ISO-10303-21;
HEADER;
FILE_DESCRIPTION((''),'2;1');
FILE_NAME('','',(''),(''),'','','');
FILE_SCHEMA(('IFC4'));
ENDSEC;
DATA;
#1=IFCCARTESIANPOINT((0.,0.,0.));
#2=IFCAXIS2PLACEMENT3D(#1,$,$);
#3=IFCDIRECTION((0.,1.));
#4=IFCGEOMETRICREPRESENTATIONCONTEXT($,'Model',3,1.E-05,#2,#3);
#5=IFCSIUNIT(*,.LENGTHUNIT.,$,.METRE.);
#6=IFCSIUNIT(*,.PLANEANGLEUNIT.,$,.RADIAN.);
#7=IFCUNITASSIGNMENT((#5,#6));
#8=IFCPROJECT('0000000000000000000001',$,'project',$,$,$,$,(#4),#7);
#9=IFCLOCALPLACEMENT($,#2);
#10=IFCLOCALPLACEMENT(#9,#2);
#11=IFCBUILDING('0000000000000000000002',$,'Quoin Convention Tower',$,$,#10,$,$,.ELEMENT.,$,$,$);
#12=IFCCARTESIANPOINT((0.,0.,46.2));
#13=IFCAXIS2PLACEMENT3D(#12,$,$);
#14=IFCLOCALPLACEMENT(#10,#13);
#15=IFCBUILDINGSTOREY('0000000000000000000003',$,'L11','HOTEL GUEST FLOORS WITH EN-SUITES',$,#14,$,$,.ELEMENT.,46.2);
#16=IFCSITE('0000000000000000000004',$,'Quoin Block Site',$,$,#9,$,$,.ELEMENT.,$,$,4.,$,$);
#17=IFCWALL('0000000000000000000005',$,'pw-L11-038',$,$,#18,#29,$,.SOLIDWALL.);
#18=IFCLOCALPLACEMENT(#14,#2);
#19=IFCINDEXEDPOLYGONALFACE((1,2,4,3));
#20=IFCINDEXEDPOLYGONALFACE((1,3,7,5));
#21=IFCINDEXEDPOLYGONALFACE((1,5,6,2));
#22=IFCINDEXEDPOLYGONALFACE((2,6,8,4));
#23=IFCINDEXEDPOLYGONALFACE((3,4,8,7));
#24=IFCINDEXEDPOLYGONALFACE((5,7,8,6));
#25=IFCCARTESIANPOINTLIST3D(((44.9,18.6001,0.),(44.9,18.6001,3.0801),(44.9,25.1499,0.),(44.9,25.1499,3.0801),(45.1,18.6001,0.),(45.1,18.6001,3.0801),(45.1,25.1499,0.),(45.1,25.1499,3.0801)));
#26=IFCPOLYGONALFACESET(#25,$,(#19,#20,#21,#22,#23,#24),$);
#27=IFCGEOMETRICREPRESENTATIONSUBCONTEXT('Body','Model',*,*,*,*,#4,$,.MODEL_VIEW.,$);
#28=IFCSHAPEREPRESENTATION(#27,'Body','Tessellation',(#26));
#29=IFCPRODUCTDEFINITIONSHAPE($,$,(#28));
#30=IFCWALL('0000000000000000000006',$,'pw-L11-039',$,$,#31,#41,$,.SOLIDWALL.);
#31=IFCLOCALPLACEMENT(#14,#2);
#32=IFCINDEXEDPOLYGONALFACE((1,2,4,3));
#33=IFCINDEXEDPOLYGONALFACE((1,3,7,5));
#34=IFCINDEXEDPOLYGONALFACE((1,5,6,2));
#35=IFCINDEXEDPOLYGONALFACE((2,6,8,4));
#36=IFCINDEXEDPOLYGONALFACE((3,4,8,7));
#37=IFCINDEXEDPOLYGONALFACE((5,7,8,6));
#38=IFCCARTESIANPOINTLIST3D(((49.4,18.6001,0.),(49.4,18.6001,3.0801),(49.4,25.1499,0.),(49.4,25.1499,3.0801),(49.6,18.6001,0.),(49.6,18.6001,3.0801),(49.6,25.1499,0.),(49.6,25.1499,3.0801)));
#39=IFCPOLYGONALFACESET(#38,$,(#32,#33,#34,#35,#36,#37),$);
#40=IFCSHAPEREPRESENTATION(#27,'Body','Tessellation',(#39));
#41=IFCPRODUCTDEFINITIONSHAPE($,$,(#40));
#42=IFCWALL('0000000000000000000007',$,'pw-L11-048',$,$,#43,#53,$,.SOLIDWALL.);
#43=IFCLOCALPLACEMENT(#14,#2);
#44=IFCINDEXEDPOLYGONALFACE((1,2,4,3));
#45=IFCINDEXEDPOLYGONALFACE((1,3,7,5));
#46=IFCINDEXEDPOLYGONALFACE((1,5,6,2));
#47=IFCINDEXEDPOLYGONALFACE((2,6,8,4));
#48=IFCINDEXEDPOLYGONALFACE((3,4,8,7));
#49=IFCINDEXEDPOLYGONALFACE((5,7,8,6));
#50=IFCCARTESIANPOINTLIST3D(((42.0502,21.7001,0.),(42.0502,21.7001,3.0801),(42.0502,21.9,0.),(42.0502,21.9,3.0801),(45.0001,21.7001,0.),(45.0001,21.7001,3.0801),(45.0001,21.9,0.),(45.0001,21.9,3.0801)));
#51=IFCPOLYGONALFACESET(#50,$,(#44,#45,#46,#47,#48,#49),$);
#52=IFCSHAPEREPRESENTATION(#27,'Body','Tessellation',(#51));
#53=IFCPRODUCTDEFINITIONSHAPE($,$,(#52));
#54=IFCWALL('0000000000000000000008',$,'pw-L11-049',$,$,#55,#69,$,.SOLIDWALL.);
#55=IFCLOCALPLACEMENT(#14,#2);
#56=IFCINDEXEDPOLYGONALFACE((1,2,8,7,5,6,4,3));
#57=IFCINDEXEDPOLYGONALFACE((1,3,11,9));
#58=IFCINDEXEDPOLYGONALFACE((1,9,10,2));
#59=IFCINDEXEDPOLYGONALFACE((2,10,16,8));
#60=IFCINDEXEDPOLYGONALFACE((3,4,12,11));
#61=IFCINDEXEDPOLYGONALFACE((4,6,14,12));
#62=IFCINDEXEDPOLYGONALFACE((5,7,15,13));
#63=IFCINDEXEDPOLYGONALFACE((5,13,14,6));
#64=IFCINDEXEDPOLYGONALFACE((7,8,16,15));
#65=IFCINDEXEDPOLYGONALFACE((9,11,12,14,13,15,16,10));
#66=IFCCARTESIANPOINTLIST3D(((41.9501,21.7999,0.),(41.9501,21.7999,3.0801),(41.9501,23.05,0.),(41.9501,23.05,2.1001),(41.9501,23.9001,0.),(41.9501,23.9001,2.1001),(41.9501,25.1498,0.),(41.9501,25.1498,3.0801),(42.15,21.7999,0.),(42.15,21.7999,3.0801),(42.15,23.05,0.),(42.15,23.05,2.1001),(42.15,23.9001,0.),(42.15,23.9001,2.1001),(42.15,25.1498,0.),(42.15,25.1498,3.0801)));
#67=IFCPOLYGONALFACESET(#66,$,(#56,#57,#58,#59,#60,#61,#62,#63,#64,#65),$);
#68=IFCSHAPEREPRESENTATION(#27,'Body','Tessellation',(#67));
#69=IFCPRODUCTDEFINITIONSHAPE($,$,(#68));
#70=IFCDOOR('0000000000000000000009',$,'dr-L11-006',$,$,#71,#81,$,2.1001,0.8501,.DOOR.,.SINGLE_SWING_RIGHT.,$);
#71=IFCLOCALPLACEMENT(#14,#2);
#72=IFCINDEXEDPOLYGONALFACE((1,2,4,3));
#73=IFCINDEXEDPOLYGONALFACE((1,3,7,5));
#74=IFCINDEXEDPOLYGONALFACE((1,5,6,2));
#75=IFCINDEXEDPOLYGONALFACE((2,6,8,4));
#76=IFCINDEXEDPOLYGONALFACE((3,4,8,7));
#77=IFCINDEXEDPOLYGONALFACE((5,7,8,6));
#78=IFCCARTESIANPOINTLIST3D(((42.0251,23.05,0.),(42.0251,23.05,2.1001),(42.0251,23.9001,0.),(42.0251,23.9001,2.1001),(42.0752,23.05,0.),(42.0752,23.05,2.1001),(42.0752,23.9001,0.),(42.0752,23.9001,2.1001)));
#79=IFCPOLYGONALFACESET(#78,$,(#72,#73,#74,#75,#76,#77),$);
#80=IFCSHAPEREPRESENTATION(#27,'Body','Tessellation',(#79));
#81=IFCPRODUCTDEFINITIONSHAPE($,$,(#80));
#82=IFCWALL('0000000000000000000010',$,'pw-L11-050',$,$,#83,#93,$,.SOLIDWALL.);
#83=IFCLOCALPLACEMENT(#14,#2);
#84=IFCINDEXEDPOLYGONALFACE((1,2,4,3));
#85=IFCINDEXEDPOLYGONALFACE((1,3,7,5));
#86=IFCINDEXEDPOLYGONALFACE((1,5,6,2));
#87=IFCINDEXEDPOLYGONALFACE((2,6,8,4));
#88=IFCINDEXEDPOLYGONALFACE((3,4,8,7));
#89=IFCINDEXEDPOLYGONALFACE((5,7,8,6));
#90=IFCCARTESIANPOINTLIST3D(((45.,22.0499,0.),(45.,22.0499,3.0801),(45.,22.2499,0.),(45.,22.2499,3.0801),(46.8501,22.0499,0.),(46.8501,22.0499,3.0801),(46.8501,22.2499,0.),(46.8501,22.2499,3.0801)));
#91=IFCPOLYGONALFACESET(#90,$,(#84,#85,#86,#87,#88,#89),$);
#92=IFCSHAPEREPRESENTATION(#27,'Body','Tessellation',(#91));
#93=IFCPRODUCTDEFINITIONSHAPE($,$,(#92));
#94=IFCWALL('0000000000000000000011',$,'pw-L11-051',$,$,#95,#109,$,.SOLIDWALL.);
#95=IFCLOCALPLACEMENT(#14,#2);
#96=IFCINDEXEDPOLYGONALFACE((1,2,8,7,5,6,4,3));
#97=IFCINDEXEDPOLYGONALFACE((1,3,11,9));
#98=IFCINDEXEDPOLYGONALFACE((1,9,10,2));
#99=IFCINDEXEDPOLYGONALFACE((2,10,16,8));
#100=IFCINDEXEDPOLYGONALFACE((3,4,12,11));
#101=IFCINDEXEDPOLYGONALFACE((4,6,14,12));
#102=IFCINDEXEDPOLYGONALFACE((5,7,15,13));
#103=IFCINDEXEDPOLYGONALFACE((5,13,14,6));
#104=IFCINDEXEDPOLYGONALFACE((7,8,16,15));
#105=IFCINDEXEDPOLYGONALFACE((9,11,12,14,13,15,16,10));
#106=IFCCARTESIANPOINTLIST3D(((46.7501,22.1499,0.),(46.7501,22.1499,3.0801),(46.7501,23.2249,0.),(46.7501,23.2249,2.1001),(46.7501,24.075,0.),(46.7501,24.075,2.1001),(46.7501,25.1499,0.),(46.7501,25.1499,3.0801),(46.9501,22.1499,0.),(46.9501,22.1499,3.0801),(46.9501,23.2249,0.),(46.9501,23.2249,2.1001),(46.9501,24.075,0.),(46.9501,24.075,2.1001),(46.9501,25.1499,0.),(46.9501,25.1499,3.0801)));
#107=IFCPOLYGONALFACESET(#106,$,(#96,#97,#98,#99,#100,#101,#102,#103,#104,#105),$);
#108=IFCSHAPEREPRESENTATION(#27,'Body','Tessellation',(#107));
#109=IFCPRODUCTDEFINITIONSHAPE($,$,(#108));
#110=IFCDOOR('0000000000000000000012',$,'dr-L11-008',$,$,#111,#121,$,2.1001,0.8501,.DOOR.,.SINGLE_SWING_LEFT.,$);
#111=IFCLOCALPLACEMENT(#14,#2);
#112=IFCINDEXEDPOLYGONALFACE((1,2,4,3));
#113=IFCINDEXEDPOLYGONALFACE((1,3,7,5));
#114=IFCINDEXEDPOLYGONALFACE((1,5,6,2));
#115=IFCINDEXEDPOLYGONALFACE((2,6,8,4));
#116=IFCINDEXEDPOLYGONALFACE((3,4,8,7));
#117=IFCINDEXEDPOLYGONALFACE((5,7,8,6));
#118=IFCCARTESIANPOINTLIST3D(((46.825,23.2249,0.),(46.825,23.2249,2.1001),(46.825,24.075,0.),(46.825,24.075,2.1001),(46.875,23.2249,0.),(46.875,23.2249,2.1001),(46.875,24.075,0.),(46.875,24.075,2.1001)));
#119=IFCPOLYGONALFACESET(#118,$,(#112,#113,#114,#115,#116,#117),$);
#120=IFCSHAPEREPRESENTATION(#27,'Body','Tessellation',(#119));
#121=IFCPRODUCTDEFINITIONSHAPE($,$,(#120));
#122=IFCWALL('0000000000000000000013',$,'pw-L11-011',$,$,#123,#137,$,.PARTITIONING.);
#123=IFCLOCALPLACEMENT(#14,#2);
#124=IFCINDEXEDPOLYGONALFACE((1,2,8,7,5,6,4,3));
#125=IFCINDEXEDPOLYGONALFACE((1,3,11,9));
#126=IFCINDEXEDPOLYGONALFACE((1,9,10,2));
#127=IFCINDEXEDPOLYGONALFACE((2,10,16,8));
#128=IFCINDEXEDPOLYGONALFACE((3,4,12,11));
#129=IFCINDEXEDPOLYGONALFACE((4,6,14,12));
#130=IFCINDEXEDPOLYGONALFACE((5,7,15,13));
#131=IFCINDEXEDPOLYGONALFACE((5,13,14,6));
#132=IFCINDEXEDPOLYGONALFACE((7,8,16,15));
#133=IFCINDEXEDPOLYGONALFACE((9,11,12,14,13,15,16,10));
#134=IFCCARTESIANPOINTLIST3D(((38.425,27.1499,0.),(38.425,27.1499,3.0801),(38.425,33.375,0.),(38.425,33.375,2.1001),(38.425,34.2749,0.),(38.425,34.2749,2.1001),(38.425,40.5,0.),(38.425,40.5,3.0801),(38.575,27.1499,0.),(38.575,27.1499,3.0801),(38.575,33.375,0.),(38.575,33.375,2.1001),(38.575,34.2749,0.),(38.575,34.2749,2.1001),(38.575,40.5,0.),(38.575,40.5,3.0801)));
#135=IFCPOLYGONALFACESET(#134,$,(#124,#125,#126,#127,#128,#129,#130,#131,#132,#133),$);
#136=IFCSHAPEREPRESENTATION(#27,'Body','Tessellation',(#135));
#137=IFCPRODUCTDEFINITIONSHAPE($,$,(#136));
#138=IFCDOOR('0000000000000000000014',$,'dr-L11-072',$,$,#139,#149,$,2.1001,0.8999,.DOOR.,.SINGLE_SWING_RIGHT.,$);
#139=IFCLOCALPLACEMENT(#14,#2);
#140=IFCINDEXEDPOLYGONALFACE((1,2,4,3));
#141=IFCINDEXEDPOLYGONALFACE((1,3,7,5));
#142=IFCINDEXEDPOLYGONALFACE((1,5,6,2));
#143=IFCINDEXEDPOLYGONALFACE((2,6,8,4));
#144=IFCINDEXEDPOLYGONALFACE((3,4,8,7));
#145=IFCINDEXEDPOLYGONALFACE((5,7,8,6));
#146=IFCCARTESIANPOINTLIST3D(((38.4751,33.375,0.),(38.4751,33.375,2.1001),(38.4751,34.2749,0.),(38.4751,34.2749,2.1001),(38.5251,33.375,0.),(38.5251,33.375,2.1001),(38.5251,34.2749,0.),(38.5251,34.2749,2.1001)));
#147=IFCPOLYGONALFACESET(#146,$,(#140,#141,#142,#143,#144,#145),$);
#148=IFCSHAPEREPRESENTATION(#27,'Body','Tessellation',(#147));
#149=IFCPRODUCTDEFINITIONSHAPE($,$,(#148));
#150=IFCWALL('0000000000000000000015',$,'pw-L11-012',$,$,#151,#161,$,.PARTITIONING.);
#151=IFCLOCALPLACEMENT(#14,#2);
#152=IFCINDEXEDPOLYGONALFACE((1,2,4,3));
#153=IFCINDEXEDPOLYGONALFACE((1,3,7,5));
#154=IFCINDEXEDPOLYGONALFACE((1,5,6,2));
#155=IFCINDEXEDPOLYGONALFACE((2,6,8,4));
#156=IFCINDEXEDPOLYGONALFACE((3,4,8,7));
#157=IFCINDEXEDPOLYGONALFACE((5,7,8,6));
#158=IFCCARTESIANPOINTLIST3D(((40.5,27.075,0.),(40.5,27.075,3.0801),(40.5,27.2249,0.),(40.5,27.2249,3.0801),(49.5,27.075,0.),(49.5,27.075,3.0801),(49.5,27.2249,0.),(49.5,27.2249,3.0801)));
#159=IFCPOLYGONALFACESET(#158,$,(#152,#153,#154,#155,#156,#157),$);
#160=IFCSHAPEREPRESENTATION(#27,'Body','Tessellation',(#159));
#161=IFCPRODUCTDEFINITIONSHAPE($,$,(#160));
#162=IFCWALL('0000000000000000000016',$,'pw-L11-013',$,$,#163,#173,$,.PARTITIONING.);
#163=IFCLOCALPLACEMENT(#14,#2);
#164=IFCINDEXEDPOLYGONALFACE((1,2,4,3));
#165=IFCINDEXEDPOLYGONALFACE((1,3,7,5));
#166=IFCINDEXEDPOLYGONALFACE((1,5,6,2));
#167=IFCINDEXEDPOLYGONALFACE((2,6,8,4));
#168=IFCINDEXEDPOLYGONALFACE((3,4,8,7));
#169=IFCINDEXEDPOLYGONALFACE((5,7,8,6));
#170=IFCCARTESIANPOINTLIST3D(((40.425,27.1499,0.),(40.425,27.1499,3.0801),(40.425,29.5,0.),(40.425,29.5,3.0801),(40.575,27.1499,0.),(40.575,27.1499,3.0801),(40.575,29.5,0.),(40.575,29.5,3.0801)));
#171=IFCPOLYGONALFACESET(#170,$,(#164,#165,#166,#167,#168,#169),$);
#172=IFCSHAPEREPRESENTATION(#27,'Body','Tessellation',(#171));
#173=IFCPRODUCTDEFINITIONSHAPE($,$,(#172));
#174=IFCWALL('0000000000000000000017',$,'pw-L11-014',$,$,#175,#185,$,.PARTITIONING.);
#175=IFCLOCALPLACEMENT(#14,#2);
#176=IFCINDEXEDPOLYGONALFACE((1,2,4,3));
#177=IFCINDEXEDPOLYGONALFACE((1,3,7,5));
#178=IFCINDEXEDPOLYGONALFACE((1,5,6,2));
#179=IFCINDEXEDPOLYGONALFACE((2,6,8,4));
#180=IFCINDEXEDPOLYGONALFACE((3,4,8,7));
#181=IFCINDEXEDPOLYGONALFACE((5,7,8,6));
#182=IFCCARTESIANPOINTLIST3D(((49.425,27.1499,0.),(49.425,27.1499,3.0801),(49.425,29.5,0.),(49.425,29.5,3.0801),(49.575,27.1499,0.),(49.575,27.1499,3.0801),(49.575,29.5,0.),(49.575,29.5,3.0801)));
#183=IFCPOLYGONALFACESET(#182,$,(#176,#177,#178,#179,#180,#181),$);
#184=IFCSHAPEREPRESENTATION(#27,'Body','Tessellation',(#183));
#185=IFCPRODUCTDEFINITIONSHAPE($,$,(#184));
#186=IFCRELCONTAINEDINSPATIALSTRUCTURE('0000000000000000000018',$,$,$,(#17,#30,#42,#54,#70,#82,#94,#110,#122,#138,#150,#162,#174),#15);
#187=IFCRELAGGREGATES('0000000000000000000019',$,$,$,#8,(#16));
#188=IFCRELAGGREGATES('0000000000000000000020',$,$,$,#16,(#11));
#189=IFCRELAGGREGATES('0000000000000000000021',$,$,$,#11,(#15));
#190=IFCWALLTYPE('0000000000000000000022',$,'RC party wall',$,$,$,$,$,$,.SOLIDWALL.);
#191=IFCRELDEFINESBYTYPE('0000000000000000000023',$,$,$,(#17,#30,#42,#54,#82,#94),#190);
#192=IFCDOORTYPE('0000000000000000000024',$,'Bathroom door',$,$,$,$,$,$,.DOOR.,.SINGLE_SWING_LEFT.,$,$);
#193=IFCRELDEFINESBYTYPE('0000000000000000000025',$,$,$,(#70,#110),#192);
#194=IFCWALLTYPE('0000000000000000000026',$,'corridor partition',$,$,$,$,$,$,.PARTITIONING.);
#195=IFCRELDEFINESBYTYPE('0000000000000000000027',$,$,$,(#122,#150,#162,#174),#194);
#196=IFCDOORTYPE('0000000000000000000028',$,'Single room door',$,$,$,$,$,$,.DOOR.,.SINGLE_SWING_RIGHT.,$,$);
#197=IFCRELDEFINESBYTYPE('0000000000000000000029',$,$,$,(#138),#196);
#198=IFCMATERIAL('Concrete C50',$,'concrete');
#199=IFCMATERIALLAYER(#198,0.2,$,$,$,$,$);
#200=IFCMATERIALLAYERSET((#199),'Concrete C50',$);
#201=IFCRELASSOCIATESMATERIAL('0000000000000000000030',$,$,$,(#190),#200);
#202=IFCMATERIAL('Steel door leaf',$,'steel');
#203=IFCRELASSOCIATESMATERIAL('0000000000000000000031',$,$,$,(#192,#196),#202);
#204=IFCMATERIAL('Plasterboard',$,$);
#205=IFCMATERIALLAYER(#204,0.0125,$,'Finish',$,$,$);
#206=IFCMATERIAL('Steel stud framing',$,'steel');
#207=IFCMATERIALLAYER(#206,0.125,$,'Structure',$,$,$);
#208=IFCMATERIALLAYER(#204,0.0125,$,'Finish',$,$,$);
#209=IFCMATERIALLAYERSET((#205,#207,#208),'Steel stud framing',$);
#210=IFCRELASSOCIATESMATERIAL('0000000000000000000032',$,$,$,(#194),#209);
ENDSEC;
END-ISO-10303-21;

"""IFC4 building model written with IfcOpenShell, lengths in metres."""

from ifc_helpers import new_model, si_unit, direction, frame, frame_2d, origin, place, context, subcontext, project, spatial, rectangle, extrude, material, layer, layer_set, type_object, element, fill, save


model = new_model("IFC4")

# Units and contexts
model_context = context("Model", 3, precision=1e-05, world=origin(), true_north=direction((0.0, 1.0)))
body_context = subcontext(model_context, "Body", "Model", "MODEL_VIEW")
ifc_project = project(units=[si_unit("LENGTHUNIT", "METRE"), si_unit("PLANEANGLEUNIT", "RADIAN")], contexts=[model_context])

# Site, building, storey
site_placement = place(None, origin())
site = spatial("IfcSite", under=ifc_project, at=site_placement, Name="Quoin Block Site", CompositionType="ELEMENT", RefElevation=4.0)
building_placement = place(site_placement, origin())
building = spatial("IfcBuilding", under=site, at=building_placement, Name="Quoin Convention Tower", CompositionType="ELEMENT")
storey_placement = place(building_placement, frame((0.0, 0.0, 46.2)))
storey = spatial("IfcBuildingStorey", under=building, at=storey_placement, Name="L11", Description="HOTEL GUEST FLOORS WITH EN-SUITES", CompositionType="ELEMENT", Elevation=46.2)

# Shared definitions
ifc_material_1 = material(Name="Concrete C50", Category="concrete")

# Shared definitions
ifc_material_2 = material(Name="Steel door leaf", Category="steel")

# Walls
ifc_layer_1 = layer(ifc_material_1, 0.2)
ifc_layer_set_1 = layer_set([ifc_layer_1], Name="Concrete C50")
wall_type_1 = type_object("IfcWallType", Name="RC party wall", PredefinedType="SOLIDWALL", material=ifc_layer_set_1)
for number, where, z_axis, x_axis, name in (
    (1, (45.0, 18.6001, 0.0), (0.0, 0.0, 1.0), (0.0, 1.0, 0.0), "pw-L11-038"),
    (2, (49.5, 18.6001, 0.0), (0.0, 0.0, 1.0), (0.0, 1.0, 0.0), "pw-L11-039"),
):
    element("IfcWall", number, at=place(storey_placement, frame(where, z_axis=z_axis, x_axis=x_axis)), inside=storey, type_object=wall_type_1, Name=name, PredefinedType="SOLIDWALL", context=body_context, shape_type="SweptSolid", body=[
        extrude(rectangle(XDim=6.5498, YDim=0.2, at=frame_2d((3.2749, 0.0))), origin(), (0.0, 0.0, 1.0), 3.0801),
    ])
wall_1_placement = place(storey_placement, frame((42.05, 21.8, 0.0), z_axis=(0.0, 0.0, 1.0), x_axis=(1.0, 0.0, 0.0)))
element("IfcWall", 3, at=wall_1_placement, inside=storey, type_object=wall_type_1, Name="pw-L11-048", PredefinedType="SOLIDWALL", context=body_context, shape_type="SweptSolid", body=[
    extrude(rectangle(XDim=2.95, YDim=0.2, at=frame_2d((1.4751, 0.0))), origin(), (0.0, 0.0, 1.0), 3.0801),
])

# Wall, opening, door
wall_2_placement = place(storey_placement, frame((42.05, 21.8, 0.0), z_axis=(0.0, 0.0, 1.0), x_axis=(0.0, 1.0, 0.0)))
wall_2 = element("IfcWall", 4, at=wall_2_placement, inside=storey, type_object=wall_type_1, Name="pw-L11-049", PredefinedType="SOLIDWALL", context=body_context, shape_type="SweptSolid", body=[
    extrude(rectangle(XDim=3.3499, YDim=0.2, at=frame_2d((1.6748, 0.0))), origin(), (0.0, 0.0, 1.0), 3.0801),
])
opening_1_placement = place(wall_2_placement, frame((1.25, 0.0, 0.0)))
opening_1 = element("IfcOpeningElement", 5, at=opening_1_placement, cuts=wall_2, PredefinedType="OPENING", context=body_context, shape_type="SweptSolid", body=[
    extrude(rectangle(XDim=0.8501, YDim=2.1001, at=frame_2d((0.425, 1.05))), frame((0.0, 0.1099, 0.0), z_axis=(0.0, -1.0, 0.0), x_axis=(1.0, 0.0, 0.0)), (0.0, 0.0, 1.0), 0.22),
])
door_type_1 = type_object("IfcDoorType", Name="Bathroom door", OperationType="SINGLE_SWING_LEFT", PredefinedType="DOOR", material=ifc_material_2)
door_1_placement = place(opening_1_placement, origin())
door_1 = element("IfcDoor", 6, at=door_1_placement, inside=storey, type_object=door_type_1, Name="dr-L11-006", OperationType="SINGLE_SWING_RIGHT", OverallHeight=2.1001, OverallWidth=0.8501, PredefinedType="DOOR", context=body_context, shape_type="SweptSolid", body=[
    extrude(rectangle(XDim=0.8501, YDim=2.1001, at=frame_2d((0.425, 1.05))), frame((0.0, 0.0249, 0.0), z_axis=(0.0, -1.0, 0.0), x_axis=(1.0, 0.0, 0.0)), (0.0, 0.0, 1.0), 0.05),
])
fill(opening_1, door_1)

# Wall
wall_3_placement = place(storey_placement, frame((45.0, 22.1499, 0.0), z_axis=(0.0, 0.0, 1.0), x_axis=(1.0, 0.0, 0.0)))
element("IfcWall", 7, at=wall_3_placement, inside=storey, type_object=wall_type_1, Name="pw-L11-050", PredefinedType="SOLIDWALL", context=body_context, shape_type="SweptSolid", body=[
    extrude(rectangle(XDim=1.8501, YDim=0.2, at=frame_2d((0.925, 0.0))), origin(), (0.0, 0.0, 1.0), 3.0801),
])

# Walls, openings, doors
wall_4_placement = place(storey_placement, frame((46.8501, 22.1499, 0.0), z_axis=(0.0, 0.0, 1.0), x_axis=(0.0, 1.0, 0.0)))
wall_4 = element("IfcWall", 8, at=wall_4_placement, inside=storey, type_object=wall_type_1, Name="pw-L11-051", PredefinedType="SOLIDWALL", context=body_context, shape_type="SweptSolid", body=[
    extrude(rectangle(XDim=3.0, YDim=0.2, at=frame_2d((1.5, 0.0))), origin(), (0.0, 0.0, 1.0), 3.0801),
])
opening_2_placement = place(wall_4_placement, frame((1.075, 0.0, 0.0)))
opening_2 = element("IfcOpeningElement", 9, at=opening_2_placement, cuts=wall_4, PredefinedType="OPENING", context=body_context, shape_type="SweptSolid", body=[
    extrude(rectangle(XDim=0.8501, YDim=2.1001, at=frame_2d((0.425, 1.05))), frame((0.0, 0.1099, 0.0), z_axis=(0.0, -1.0, 0.0), x_axis=(1.0, 0.0, 0.0)), (0.0, 0.0, 1.0), 0.22),
])
door_2_placement = place(opening_2_placement, frame((0.8501, 0.0, 0.0), z_axis=(0.0, 0.0, 1.0), x_axis=(-1.0, 0.0, 0.0)))
door_2 = element("IfcDoor", 10, at=door_2_placement, inside=storey, type_object=door_type_1, Name="dr-L11-008", OperationType="SINGLE_SWING_LEFT", OverallHeight=2.1001, OverallWidth=0.8501, PredefinedType="DOOR", context=body_context, shape_type="SweptSolid", body=[
    extrude(rectangle(XDim=0.8501, YDim=2.1001, at=frame_2d((0.425, 1.05))), frame((0.0, 0.0249, 0.0), z_axis=(0.0, -1.0, 0.0), x_axis=(1.0, 0.0, 0.0)), (0.0, 0.0, 1.0), 0.05),
])
fill(opening_2, door_2)
ifc_material_3 = material(Name="Plasterboard")
ifc_layer_2 = layer(ifc_material_3, 0.0125, Name="Finish")
ifc_material_4 = material(Name="Steel stud framing", Category="steel")
ifc_layer_3 = layer(ifc_material_4, 0.125, Name="Structure")
ifc_layer_4 = layer(ifc_material_3, 0.0125, Name="Finish")
ifc_layer_set_2 = layer_set([ifc_layer_2, ifc_layer_3, ifc_layer_4], Name="Steel stud framing")
wall_type_2 = type_object("IfcWallType", Name="corridor partition", PredefinedType="PARTITIONING", material=ifc_layer_set_2)
wall_5_placement = place(storey_placement, frame((38.5, 27.1499, 0.0), z_axis=(0.0, 0.0, 1.0), x_axis=(0.0, 1.0, 0.0)))
wall_5 = element("IfcWall", 11, at=wall_5_placement, inside=storey, type_object=wall_type_2, Name="pw-L11-011", PredefinedType="PARTITIONING", context=body_context, shape_type="SweptSolid", body=[
    extrude(rectangle(XDim=13.3501, YDim=0.1499, at=frame_2d((6.675, 0.0))), origin(), (0.0, 0.0, 1.0), 3.0801),
])
opening_3_placement = place(wall_5_placement, frame((6.2251, 0.0, 0.0)))
opening_3 = element("IfcOpeningElement", 12, at=opening_3_placement, cuts=wall_5, PredefinedType="OPENING", context=body_context, shape_type="SweptSolid", body=[
    extrude(rectangle(XDim=0.8999, YDim=2.1001, at=frame_2d((0.45, 1.05))), frame((0.0, 0.085, 0.0), z_axis=(0.0, -1.0, 0.0), x_axis=(1.0, 0.0, 0.0)), (0.0, 0.0, 1.0), 0.1699),
])
door_type_2 = type_object("IfcDoorType", Name="Single room door", OperationType="SINGLE_SWING_RIGHT", PredefinedType="DOOR", material=ifc_material_2)
door_3_placement = place(opening_3_placement, origin())
door_3 = element("IfcDoor", 13, at=door_3_placement, inside=storey, type_object=door_type_2, Name="dr-L11-072", OperationType="SINGLE_SWING_RIGHT", OverallHeight=2.1001, OverallWidth=0.8999, PredefinedType="DOOR", context=body_context, shape_type="SweptSolid", body=[
    extrude(rectangle(XDim=0.8999, YDim=2.1001, at=frame_2d((0.45, 1.05))), frame((0.0, 0.0249, 0.0), z_axis=(0.0, -1.0, 0.0), x_axis=(1.0, 0.0, 0.0)), (0.0, 0.0, 1.0), 0.05),
])
fill(opening_3, door_3)

# Walls
wall_6_placement = place(storey_placement, frame((40.5, 27.1499, 0.0), z_axis=(0.0, 0.0, 1.0), x_axis=(1.0, 0.0, 0.0)))
element("IfcWall", 14, at=wall_6_placement, inside=storey, type_object=wall_type_2, Name="pw-L11-012", PredefinedType="PARTITIONING", context=body_context, shape_type="SweptSolid", body=[
    extrude(rectangle(XDim=9.0, YDim=0.1499, at=frame_2d((4.5, 0.0))), origin(), (0.0, 0.0, 1.0), 3.0801),
])
for number, where, z_axis, x_axis, name in (
    (15, (40.5, 27.1499, 0.0), (0.0, 0.0, 1.0), (0.0, 1.0, 0.0), "pw-L11-013"),
    (16, (49.5, 27.1499, 0.0), (0.0, 0.0, 1.0), (0.0, 1.0, 0.0), "pw-L11-014"),
):
    element("IfcWall", number, at=place(storey_placement, frame(where, z_axis=z_axis, x_axis=x_axis)), inside=storey, type_object=wall_type_2, Name=name, PredefinedType="PARTITIONING", context=body_context, shape_type="SweptSolid", body=[
        extrude(rectangle(XDim=2.3501, YDim=0.1499, at=frame_2d((1.175, 0.0))), origin(), (0.0, 0.0, 1.0), 3.0801),
    ])

save(model, "model.ifc")
